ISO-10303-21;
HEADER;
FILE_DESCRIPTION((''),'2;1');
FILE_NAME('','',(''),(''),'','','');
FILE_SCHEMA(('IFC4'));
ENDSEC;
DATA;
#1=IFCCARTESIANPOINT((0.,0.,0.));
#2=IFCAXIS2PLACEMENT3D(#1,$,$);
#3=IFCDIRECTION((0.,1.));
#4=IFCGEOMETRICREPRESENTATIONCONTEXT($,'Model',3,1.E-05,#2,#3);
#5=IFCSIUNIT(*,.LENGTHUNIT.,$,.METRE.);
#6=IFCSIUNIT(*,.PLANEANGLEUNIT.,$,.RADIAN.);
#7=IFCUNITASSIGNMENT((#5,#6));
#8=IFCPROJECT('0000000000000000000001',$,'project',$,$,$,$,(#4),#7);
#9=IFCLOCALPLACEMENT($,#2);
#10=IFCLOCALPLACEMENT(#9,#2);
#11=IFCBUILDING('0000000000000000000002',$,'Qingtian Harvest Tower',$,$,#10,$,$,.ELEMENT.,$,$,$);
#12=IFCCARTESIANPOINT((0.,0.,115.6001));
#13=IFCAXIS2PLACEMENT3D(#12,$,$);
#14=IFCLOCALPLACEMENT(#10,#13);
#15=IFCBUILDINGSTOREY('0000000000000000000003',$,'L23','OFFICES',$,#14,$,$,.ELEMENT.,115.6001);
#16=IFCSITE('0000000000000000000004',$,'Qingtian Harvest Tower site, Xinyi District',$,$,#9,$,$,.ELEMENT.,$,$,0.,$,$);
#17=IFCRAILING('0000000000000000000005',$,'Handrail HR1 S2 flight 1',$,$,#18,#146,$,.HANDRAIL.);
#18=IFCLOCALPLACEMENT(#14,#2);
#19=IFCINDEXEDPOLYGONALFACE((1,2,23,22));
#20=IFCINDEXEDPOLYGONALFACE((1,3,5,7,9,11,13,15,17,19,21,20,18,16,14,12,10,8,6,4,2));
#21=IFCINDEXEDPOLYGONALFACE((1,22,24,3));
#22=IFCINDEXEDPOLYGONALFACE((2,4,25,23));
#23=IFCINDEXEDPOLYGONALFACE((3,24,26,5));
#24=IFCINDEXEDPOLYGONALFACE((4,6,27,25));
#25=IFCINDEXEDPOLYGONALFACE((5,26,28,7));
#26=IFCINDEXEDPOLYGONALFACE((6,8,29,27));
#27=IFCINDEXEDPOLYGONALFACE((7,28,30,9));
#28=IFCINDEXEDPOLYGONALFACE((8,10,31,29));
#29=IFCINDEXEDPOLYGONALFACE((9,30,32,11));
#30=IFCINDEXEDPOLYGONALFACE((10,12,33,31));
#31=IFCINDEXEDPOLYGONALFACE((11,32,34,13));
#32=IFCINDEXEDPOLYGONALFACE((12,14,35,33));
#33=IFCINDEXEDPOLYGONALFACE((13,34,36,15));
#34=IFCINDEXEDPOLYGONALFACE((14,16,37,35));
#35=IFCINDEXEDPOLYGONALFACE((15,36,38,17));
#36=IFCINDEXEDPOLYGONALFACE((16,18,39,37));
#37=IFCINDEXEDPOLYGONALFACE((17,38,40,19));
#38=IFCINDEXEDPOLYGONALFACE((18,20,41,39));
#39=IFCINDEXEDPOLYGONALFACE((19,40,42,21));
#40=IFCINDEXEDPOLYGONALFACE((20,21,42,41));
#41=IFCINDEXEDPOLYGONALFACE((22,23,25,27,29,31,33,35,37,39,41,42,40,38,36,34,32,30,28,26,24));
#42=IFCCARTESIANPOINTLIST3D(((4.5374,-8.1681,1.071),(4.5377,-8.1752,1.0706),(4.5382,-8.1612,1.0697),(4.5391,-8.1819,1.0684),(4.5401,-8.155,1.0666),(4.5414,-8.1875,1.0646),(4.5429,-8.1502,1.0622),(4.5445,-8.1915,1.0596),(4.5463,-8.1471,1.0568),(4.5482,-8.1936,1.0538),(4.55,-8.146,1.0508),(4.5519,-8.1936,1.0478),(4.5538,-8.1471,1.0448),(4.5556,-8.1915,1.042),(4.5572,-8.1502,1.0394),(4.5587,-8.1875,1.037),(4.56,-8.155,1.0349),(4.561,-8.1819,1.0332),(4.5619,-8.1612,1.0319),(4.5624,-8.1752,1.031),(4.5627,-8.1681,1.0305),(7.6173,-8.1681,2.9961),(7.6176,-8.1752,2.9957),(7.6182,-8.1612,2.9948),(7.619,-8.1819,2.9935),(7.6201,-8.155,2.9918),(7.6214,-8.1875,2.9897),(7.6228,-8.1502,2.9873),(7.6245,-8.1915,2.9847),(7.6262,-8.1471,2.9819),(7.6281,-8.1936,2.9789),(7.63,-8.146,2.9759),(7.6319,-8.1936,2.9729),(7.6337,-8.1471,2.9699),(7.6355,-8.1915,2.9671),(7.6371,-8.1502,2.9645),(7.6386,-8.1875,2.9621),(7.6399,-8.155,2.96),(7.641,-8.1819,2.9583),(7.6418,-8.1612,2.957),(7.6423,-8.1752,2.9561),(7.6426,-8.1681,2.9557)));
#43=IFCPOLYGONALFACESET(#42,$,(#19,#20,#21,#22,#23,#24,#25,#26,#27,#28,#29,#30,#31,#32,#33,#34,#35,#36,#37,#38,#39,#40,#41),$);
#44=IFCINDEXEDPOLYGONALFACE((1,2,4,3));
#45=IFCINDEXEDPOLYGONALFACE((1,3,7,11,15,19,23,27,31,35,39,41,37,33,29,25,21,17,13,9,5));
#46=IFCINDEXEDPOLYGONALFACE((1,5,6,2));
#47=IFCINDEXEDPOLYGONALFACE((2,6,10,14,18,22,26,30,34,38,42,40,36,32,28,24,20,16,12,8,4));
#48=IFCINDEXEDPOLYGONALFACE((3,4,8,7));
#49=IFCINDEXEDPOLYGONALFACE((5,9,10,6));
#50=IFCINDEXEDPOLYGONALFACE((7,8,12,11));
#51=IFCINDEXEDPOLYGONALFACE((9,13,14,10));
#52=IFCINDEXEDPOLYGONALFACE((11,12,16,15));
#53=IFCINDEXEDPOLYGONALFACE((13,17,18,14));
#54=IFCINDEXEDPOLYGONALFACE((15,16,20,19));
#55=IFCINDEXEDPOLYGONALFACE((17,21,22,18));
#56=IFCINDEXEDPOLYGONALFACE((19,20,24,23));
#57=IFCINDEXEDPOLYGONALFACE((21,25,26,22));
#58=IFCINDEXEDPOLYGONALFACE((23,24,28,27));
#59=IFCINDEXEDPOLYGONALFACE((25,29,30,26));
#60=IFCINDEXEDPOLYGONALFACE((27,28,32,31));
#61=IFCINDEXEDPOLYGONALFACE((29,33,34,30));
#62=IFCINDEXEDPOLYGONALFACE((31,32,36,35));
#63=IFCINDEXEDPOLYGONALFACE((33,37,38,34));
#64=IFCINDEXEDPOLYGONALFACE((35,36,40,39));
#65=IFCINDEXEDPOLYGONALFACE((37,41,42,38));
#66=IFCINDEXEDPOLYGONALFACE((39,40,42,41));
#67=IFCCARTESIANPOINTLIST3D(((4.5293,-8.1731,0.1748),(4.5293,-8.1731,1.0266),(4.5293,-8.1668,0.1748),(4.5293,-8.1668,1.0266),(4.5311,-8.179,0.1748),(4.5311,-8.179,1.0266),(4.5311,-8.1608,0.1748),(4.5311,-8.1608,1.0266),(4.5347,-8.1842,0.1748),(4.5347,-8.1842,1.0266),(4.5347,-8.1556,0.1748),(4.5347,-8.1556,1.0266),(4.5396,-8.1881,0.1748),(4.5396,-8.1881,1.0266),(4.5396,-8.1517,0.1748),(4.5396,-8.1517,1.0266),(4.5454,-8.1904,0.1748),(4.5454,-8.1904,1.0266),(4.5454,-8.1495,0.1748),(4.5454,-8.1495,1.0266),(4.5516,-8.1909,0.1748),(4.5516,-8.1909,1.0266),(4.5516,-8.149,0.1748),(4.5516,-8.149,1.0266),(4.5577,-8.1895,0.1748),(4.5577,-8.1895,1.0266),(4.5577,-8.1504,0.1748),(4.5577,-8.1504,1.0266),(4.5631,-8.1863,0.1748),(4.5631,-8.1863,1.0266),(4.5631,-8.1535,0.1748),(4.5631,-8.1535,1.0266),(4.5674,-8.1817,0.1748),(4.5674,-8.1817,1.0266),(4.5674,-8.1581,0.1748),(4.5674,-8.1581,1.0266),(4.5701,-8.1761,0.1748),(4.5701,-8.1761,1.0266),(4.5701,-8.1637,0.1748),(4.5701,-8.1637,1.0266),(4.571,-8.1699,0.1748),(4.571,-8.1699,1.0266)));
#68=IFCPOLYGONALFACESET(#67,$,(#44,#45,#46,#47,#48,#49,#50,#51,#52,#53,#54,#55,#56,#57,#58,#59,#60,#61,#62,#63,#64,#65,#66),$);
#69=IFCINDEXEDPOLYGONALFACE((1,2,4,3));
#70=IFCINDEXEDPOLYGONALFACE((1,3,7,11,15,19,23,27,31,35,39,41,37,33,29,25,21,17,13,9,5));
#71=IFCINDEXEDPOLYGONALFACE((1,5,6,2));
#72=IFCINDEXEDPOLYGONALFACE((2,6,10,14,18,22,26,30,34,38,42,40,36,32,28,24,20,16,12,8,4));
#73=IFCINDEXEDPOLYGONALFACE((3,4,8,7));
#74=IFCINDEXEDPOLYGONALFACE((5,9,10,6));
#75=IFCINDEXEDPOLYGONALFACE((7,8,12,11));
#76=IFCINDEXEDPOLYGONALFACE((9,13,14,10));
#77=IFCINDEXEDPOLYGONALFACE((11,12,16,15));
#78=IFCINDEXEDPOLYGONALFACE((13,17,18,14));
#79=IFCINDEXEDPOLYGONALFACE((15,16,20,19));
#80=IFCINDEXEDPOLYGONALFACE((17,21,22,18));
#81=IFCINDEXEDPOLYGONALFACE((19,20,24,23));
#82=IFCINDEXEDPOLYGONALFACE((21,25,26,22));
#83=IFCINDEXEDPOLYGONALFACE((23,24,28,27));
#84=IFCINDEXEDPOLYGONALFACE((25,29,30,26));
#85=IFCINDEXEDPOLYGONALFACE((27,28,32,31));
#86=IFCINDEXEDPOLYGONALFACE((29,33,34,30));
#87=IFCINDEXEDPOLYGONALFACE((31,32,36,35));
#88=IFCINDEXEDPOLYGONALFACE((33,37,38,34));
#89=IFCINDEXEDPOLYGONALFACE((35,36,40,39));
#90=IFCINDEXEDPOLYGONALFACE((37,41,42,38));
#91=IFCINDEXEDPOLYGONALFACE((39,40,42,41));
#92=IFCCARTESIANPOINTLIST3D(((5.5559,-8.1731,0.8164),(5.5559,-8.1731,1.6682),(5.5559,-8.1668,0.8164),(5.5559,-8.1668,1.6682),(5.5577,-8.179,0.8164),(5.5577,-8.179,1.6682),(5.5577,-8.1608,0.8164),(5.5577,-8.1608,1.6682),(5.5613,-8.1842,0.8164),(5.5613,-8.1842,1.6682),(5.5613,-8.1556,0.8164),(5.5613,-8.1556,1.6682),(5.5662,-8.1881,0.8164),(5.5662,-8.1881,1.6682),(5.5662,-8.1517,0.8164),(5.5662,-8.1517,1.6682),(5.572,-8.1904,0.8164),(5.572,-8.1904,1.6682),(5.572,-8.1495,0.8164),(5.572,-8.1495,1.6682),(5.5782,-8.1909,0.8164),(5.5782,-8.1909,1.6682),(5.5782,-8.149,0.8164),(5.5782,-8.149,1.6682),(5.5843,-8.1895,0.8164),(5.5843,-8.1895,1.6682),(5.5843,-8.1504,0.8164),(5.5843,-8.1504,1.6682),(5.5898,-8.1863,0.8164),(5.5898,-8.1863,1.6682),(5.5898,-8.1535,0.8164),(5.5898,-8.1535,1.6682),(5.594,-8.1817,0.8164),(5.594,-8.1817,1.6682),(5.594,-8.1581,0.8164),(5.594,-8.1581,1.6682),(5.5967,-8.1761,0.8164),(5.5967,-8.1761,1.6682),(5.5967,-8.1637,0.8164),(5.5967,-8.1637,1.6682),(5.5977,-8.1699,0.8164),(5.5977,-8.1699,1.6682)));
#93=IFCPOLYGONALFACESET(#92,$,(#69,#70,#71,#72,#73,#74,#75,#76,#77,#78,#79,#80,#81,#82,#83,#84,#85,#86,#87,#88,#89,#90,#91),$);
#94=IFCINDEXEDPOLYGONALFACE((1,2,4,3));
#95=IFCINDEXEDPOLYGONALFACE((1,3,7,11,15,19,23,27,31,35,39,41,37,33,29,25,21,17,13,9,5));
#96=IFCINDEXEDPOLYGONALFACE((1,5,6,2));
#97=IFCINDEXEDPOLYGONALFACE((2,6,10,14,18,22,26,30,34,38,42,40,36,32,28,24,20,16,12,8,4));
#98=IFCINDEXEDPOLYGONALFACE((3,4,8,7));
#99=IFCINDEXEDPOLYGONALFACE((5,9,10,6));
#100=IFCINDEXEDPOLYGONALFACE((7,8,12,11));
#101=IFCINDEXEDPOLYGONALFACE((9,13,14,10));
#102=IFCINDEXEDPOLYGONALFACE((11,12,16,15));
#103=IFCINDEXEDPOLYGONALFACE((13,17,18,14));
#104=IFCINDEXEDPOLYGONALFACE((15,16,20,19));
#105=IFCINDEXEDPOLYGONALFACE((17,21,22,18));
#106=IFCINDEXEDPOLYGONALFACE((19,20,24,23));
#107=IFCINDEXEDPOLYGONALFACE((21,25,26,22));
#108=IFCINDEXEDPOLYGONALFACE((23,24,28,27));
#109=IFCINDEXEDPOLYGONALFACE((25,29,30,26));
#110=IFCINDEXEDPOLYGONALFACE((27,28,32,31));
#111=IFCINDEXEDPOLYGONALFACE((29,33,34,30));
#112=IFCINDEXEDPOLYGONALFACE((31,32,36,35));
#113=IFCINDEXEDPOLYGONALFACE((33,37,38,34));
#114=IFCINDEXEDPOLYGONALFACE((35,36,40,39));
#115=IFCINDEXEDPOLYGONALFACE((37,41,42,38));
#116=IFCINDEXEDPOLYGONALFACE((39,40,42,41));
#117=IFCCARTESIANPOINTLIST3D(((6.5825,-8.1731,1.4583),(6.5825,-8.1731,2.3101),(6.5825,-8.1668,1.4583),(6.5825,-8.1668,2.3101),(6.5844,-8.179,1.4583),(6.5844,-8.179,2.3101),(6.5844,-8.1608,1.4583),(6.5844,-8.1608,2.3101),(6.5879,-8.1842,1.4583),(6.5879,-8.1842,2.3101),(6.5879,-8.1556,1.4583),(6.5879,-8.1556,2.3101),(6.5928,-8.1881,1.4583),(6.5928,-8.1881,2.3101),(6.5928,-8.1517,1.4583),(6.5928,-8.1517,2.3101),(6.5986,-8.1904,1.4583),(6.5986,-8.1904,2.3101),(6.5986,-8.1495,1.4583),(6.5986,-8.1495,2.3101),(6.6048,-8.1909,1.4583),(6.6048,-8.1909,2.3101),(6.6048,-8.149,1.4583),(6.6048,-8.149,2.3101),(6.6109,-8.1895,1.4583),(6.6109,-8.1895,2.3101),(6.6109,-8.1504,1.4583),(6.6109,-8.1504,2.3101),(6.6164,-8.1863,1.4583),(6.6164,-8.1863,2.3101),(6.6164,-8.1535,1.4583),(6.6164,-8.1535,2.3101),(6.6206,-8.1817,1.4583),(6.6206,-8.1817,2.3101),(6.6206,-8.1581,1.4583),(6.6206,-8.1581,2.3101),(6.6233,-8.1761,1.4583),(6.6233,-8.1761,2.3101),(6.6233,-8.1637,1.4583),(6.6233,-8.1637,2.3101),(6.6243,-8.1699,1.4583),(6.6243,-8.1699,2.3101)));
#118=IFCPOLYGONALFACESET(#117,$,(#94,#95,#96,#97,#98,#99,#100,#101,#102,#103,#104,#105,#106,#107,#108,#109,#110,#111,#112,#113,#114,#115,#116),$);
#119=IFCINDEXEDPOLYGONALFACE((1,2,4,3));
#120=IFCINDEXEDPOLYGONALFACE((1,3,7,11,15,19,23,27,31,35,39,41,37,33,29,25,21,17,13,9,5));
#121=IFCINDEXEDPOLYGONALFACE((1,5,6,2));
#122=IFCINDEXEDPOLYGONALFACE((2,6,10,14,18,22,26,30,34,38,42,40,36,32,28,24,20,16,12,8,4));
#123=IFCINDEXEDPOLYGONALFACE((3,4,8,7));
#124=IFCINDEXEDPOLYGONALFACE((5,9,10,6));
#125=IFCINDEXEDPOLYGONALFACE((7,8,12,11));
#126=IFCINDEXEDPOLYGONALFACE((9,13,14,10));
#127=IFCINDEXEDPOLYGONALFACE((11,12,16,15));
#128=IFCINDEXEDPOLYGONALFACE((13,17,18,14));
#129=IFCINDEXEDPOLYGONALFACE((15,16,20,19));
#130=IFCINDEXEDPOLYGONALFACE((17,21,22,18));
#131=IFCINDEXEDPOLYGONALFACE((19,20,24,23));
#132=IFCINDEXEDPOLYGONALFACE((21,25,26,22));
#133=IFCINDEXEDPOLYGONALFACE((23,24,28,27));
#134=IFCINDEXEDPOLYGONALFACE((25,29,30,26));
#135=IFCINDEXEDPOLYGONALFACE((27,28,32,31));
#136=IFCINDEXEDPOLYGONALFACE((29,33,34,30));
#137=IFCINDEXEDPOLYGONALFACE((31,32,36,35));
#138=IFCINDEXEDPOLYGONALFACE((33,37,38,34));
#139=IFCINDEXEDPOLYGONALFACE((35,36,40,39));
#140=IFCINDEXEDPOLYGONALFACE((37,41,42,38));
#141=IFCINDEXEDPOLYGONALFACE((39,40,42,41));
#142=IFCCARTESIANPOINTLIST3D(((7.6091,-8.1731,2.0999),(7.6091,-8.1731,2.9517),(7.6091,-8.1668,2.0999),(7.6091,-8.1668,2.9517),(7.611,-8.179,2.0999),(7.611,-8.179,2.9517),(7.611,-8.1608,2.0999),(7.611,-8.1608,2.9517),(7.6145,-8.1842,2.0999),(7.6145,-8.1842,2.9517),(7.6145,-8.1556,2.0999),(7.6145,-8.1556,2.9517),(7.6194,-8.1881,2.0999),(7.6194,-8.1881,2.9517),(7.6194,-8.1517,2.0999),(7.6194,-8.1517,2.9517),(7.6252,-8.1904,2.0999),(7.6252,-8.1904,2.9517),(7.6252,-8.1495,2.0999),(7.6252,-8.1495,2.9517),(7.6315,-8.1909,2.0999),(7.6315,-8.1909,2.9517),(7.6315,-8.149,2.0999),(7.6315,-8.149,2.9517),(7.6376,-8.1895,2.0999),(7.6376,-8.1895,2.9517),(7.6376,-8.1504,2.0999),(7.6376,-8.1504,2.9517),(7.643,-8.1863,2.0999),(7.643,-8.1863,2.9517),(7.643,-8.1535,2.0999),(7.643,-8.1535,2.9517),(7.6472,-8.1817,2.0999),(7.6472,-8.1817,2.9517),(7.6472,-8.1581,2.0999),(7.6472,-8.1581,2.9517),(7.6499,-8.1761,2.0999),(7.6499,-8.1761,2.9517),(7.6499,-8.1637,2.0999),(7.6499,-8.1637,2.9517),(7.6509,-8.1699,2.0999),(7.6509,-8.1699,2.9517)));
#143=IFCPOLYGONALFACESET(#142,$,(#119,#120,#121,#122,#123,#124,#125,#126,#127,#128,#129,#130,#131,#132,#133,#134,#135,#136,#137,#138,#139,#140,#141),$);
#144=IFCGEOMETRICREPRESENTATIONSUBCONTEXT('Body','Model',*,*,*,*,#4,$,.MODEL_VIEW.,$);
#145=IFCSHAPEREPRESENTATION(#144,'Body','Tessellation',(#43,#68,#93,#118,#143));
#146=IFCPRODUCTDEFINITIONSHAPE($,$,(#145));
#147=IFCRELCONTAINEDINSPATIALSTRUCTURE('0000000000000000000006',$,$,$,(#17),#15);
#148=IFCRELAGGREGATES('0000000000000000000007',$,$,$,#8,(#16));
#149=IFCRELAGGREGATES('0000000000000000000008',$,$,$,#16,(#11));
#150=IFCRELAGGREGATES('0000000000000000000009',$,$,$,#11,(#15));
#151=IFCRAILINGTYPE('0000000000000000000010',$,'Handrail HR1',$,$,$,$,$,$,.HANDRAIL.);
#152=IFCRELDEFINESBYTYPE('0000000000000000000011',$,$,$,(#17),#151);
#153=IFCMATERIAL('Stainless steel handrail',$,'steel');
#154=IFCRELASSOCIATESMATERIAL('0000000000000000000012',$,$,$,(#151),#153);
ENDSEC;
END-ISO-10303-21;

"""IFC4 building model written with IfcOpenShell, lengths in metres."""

from ifc_helpers import new_model, si_unit, direction, frame, origin, origin_2d, place, context, subcontext, project, spatial, circle, extrude, material, type_object, element, save


model = new_model("IFC4")

# Units and contexts
model_context = context("Model", 3, precision=1e-05, world=origin(), true_north=direction((0.0, 1.0)))
body_context = subcontext(model_context, "Body", "Model", "MODEL_VIEW")
ifc_project = project(units=[si_unit("LENGTHUNIT", "METRE"), si_unit("PLANEANGLEUNIT", "RADIAN")], contexts=[model_context])

# Site, building, storey
site_placement = place(None, origin())
site = spatial("IfcSite", under=ifc_project, at=site_placement, Name="Qingtian Harvest Tower site, Xinyi District", CompositionType="ELEMENT", RefElevation=0.0)
building_placement = place(site_placement, origin())
building = spatial("IfcBuilding", under=site, at=building_placement, Name="Qingtian Harvest Tower", CompositionType="ELEMENT")
storey_placement = place(building_placement, frame((0.0, 0.0, 115.6001)))
storey = spatial("IfcBuildingStorey", under=building, at=storey_placement, Name="L23", Description="OFFICES", CompositionType="ELEMENT", Elevation=115.6001)

# Railing
ifc_material_1 = material(Name="Stainless steel handrail", Category="steel")
railing_type = type_object("IfcRailingType", Name="Handrail HR1", PredefinedType="HANDRAIL", material=ifc_material_1)
railing_1_placement = place(storey_placement, frame((4.55, -8.1699, 0.1748)))
element("IfcRailing", 1, at=railing_1_placement, inside=storey, type_object=railing_type, Name="Handrail HR1 S2 flight 1", PredefinedType="HANDRAIL", context=body_context, shape_type="SweptSolid", body=[
    extrude(circle(Radius=0.0239, at=origin_2d()), frame((0.0, 0.0, 0.876), z_axis=(0.847979, 0.0, 0.530029), x_axis=(0.0, 1.0, 0.0)), (0.0, 0.0, 1.0), 3.6321),
    extrude(circle(Radius=0.021, at=origin_2d()), origin(), (0.0, 0.0, 1.0), 0.8518),
    extrude(circle(Radius=0.021, at=origin_2d()), frame((1.0266, 0.0, 0.6416)), (0.0, 0.0, 1.0), 0.8518),
    extrude(circle(Radius=0.021, at=origin_2d()), frame((2.0532, 0.0, 1.2834)), (0.0, 0.0, 1.0), 0.8518),
    extrude(circle(Radius=0.021, at=origin_2d()), frame((3.0798, 0.0, 1.925)), (0.0, 0.0, 1.0), 0.8518),
])

save(model, "model.ifc")
